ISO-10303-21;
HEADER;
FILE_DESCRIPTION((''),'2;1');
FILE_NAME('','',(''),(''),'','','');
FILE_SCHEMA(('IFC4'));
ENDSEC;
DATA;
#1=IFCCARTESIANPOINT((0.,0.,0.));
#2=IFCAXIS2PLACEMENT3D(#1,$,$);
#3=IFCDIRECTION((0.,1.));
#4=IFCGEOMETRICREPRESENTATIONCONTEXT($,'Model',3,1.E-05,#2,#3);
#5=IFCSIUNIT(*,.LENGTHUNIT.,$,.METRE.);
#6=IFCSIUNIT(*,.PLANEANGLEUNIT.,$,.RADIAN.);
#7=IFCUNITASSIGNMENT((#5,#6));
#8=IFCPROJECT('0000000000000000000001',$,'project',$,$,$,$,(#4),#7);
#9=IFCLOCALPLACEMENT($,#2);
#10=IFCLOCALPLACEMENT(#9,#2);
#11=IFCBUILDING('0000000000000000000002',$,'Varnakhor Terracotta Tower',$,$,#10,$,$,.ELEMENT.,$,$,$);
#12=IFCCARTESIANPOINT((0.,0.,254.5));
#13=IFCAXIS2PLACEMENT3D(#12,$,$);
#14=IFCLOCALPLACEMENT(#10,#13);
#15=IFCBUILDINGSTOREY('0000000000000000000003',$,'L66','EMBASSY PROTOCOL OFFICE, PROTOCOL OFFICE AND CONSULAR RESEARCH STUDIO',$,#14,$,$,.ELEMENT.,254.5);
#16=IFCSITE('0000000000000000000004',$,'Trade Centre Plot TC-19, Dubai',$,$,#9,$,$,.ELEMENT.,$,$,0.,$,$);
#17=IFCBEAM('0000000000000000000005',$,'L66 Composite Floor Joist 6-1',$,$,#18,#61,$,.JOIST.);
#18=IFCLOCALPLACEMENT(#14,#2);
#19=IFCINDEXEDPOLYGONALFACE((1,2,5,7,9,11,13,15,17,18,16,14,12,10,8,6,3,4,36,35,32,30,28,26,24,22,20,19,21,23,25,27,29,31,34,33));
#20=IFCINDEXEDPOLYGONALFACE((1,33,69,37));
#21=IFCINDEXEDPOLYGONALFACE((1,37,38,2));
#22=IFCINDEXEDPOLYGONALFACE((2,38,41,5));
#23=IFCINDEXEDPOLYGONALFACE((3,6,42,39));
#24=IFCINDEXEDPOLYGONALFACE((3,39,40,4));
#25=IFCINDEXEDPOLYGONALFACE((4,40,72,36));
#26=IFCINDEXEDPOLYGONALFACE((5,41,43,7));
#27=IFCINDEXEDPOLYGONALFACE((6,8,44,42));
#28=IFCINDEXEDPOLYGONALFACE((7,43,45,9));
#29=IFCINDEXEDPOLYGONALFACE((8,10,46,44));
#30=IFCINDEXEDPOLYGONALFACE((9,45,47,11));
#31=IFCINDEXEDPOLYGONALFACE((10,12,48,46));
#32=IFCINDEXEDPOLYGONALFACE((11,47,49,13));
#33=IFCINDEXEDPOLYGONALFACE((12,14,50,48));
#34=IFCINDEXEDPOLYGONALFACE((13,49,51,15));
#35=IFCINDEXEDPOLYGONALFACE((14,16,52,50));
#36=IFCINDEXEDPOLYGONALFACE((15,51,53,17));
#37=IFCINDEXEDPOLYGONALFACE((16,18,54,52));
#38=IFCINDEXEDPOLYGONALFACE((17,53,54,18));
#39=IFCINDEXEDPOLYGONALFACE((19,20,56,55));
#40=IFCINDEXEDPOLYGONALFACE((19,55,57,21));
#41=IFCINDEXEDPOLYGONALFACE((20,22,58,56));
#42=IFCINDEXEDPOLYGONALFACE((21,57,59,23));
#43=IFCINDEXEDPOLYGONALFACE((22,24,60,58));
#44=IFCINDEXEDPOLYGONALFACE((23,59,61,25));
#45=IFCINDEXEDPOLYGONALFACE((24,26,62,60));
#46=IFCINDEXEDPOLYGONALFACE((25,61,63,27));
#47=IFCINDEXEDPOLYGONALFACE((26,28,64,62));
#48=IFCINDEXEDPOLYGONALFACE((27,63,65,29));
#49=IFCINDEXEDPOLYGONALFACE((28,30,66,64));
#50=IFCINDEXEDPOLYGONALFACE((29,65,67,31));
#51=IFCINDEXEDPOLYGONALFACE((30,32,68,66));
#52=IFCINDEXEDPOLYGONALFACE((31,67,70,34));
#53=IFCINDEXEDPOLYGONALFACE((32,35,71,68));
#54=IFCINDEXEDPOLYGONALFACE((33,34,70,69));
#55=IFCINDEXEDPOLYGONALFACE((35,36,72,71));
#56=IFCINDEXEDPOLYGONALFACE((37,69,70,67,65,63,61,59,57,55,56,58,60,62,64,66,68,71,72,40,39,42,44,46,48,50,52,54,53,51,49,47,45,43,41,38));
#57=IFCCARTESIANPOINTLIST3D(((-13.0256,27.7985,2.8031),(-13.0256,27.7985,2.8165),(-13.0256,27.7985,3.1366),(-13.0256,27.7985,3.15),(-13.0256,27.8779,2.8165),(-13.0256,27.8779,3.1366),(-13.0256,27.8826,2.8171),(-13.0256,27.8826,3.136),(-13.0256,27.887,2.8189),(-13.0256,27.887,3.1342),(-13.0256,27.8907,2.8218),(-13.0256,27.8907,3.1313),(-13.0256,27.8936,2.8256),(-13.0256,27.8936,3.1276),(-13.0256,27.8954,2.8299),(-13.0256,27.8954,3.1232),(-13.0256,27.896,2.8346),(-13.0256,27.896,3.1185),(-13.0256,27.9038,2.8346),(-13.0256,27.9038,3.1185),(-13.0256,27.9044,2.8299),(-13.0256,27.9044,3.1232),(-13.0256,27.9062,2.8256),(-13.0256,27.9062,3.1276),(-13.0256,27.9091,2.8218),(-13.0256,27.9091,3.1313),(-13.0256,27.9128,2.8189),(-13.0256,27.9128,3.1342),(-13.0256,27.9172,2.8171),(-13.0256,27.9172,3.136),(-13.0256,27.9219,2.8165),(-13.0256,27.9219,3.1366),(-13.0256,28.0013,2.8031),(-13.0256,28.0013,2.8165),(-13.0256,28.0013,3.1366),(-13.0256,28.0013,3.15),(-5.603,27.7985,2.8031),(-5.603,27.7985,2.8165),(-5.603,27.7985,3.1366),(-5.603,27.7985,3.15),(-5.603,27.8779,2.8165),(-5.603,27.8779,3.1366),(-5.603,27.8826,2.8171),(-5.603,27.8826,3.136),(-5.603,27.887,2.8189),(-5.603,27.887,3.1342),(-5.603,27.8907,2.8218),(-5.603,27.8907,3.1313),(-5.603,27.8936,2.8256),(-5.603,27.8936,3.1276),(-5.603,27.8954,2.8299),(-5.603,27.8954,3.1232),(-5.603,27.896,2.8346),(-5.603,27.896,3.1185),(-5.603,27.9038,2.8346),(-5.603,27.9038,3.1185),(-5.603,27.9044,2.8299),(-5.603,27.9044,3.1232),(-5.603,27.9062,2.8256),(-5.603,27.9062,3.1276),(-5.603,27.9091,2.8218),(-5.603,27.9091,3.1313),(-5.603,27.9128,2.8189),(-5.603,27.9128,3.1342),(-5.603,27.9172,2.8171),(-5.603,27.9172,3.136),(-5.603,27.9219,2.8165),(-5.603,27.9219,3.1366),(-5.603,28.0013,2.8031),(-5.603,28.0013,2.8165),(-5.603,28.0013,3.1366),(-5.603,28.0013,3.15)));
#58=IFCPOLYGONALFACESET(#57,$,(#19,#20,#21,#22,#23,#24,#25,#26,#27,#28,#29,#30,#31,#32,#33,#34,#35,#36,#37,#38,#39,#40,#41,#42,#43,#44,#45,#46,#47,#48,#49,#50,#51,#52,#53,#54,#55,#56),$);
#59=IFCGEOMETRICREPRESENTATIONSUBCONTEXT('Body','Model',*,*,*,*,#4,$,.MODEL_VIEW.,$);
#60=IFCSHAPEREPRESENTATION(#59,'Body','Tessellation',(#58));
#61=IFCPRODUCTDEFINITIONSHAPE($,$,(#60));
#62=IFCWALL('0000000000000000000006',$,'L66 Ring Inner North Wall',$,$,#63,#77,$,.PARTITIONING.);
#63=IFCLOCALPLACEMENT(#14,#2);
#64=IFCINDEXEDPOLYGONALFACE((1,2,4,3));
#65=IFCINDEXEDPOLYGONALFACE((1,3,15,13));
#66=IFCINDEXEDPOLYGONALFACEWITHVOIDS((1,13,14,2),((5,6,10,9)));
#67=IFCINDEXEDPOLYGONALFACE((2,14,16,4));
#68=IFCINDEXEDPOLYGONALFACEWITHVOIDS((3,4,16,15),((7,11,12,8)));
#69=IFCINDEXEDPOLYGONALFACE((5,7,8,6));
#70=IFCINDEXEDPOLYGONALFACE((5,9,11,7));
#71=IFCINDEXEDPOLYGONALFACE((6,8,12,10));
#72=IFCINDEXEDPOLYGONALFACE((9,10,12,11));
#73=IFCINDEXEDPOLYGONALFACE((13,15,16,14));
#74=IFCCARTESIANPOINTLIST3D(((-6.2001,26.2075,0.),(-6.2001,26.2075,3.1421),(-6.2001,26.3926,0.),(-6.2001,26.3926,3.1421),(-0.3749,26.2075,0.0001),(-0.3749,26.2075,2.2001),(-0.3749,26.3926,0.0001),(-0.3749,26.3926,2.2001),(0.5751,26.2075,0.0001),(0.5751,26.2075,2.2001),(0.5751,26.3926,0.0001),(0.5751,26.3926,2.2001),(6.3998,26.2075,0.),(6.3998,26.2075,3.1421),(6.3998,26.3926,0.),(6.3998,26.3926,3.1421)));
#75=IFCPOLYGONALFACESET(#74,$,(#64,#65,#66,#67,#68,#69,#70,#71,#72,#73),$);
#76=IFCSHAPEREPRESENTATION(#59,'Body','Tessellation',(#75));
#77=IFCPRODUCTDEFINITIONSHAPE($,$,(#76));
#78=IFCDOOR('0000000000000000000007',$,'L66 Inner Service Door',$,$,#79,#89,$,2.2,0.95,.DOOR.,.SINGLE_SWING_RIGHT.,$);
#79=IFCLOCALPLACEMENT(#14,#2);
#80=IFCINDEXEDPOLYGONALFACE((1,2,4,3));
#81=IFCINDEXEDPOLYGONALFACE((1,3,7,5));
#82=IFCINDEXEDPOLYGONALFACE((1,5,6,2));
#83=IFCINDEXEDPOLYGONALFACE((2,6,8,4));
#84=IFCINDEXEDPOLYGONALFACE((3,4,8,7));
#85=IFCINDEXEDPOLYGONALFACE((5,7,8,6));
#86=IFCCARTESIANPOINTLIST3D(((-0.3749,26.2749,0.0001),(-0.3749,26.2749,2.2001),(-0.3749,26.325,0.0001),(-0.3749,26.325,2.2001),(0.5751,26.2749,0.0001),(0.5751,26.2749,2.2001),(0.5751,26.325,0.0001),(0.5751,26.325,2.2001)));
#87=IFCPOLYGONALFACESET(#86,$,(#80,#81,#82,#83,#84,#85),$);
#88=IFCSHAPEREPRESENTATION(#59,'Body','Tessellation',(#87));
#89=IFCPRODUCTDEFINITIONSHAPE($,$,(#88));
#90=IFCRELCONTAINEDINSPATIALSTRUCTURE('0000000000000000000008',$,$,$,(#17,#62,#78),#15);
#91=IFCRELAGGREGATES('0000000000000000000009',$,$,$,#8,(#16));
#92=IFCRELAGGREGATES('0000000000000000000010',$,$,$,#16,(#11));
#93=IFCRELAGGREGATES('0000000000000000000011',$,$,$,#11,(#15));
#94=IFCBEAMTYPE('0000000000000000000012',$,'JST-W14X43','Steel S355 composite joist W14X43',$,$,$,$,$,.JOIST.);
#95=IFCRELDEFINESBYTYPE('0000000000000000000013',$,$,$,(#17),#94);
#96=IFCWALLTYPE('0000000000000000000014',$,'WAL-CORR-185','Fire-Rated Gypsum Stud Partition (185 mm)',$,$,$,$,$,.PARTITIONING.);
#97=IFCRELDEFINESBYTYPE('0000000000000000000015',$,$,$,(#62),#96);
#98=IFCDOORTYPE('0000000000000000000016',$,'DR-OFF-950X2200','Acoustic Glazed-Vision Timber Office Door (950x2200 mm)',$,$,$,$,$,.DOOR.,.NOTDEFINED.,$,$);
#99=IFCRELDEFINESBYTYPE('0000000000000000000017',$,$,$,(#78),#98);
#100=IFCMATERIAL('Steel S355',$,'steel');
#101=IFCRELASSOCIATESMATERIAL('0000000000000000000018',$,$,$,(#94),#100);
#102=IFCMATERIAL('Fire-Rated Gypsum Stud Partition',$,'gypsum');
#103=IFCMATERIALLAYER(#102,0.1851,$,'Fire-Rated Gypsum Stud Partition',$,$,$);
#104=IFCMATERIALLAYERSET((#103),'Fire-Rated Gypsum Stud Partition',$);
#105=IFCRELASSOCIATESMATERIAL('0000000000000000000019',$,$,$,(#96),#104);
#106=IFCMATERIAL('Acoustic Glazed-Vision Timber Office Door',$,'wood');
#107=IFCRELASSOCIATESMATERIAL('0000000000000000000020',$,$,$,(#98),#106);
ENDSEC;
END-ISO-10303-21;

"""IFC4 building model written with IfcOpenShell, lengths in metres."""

from ifc_helpers import new_model, si_unit, direction, frame, frame_2d, origin, origin_2d, place, context, subcontext, project, spatial, rectangle, i_section, extrude, source, transform, mapped, material, layer, layer_set, material_profile, profile_set, type_object, type_shapes, element, fill, save


model = new_model("IFC4")

# Units and contexts
model_context = context("Model", 3, precision=1e-05, world=origin(), true_north=direction((0.0, 1.0)))
body_context = subcontext(model_context, "Body", "Model", "MODEL_VIEW")
ifc_project = project(units=[si_unit("LENGTHUNIT", "METRE"), si_unit("PLANEANGLEUNIT", "RADIAN")], contexts=[model_context])

# Site, building, storey
site_placement = place(None, origin())
site = spatial("IfcSite", under=ifc_project, at=site_placement, Name="Trade Centre Plot TC-19, Dubai", CompositionType="ELEMENT", RefElevation=0.0)
building_placement = place(site_placement, origin())
building = spatial("IfcBuilding", under=site, at=building_placement, Name="Varnakhor Terracotta Tower", CompositionType="ELEMENT")
storey_placement = place(building_placement, frame((0.0, 0.0, 254.5)))
storey = spatial("IfcBuildingStorey", under=building, at=storey_placement, Name="L66", Description="EMBASSY PROTOCOL OFFICE, PROTOCOL OFFICE AND CONSULAR RESEARCH STUDIO", CompositionType="ELEMENT", Elevation=254.5)

# Beam
ifc_material_1 = material(Name="Steel S355", Category="steel")
ifc_material_profile_1 = material_profile(ifc_material_1, i_section(OverallWidth=0.2029, OverallDepth=0.3469, WebThickness=0.0078, FlangeThickness=0.0134, FilletRadius=0.0181, at=origin_2d()), Name="W14X43")
ifc_profile_set_1 = profile_set([ifc_material_profile_1], Name="Steel S355")
beam_type_1 = type_object("IfcBeamType", Name="JST-W14X43", Description="Steel S355 composite joist W14X43", PredefinedType="JOIST", material=ifc_profile_set_1)
shared_shape_1 = source(origin(), body_context, "Body", "SweptSolid", [
    extrude(i_section(OverallWidth=0.2029, OverallDepth=0.3469, WebThickness=0.0078, FlangeThickness=0.0134, FilletRadius=0.0181, at=origin_2d()), origin(), (0.0, 0.0, 1.0), 7.4226),
])
beam_1_placement = place(storey_placement, frame((-13.0256, 27.8999, 2.9766), z_axis=(1.0, 0.0, 0.0), x_axis=(0.0, 1.0, 0.0)))
element("IfcBeam", 1, at=beam_1_placement, inside=storey, type_object=beam_type_1, Name="L66 Composite Floor Joist 6-1", PredefinedType="JOIST", context=body_context, shape_type="MappedRepresentation", body=[
    mapped(shared_shape_1, transform((0.0, 0.0, 0.0), scale=1.0)),
])

# Wall, opening, door
ifc_material_2 = material(Name="Fire-Rated Gypsum Stud Partition", Category="gypsum")
ifc_layer_1 = layer(ifc_material_2, 0.1851, Name="Fire-Rated Gypsum Stud Partition")
ifc_layer_set_1 = layer_set([ifc_layer_1], Name="Fire-Rated Gypsum Stud Partition")
wall_type_1 = type_object("IfcWallType", Name="WAL-CORR-185", Description="Fire-Rated Gypsum Stud Partition (185 mm)", PredefinedType="PARTITIONING", material=ifc_layer_set_1)
wall_1_placement = place(storey_placement, frame((-6.2, 26.3, 0.0), z_axis=(0.0, 0.0, 1.0), x_axis=(1.0, 0.0, 0.0)))
wall_1 = element("IfcWall", 2, at=wall_1_placement, inside=storey, type_object=wall_type_1, Name="L66 Ring Inner North Wall", PredefinedType="PARTITIONING", context=body_context, shape_type="SweptSolid", body=[
    extrude(rectangle(XDim=12.5999, YDim=0.1851, at=frame_2d((6.2998, 0.0))), origin(), (0.0, 0.0, 1.0), 3.1421),
])
opening_1_placement = place(wall_1_placement, frame((5.825, 0.0, 0.0)))
opening_1 = element("IfcOpeningElement", 3, at=opening_1_placement, cuts=wall_1, PredefinedType="OPENING", context=body_context, shape_type="SweptSolid", body=[
    extrude(rectangle(XDim=0.95, YDim=2.2, at=frame_2d((0.4751, 1.1001))), frame((0.0, 0.1025, 0.0), z_axis=(0.0, -1.0, 0.0), x_axis=(1.0, 0.0, 0.0)), (0.0, 0.0, 1.0), 0.2051),
])
ifc_material_3 = material(Name="Acoustic Glazed-Vision Timber Office Door", Category="wood")
door_type_1 = type_object("IfcDoorType", Name="DR-OFF-950X2200", Description="Acoustic Glazed-Vision Timber Office Door (950x2200 mm)", OperationType="NOTDEFINED", PredefinedType="DOOR", material=ifc_material_3)
shared_shape_2 = source(origin(), body_context, "Body", "SweptSolid", [
    extrude(rectangle(XDim=0.95, YDim=2.2, at=frame_2d((0.4751, 1.1001))), frame((0.0, 0.0249, 0.0), z_axis=(0.0, -1.0, 0.0), x_axis=(1.0, 0.0, 0.0)), (0.0, 0.0, 1.0), 0.05),
])
type_shapes(door_type_1, [shared_shape_2])
door_1_placement = place(opening_1_placement, origin())
door_1 = element("IfcDoor", 4, at=door_1_placement, inside=storey, type_object=door_type_1, Name="L66 Inner Service Door", OperationType="SINGLE_SWING_RIGHT", OverallHeight=2.2, OverallWidth=0.95, PredefinedType="DOOR", context=body_context, shape_type="MappedRepresentation", body=[
    mapped(shared_shape_2, transform((0.0, 0.0, 0.0), scale=1.0)),
])
fill(opening_1, door_1)

save(model, "model.ifc")
